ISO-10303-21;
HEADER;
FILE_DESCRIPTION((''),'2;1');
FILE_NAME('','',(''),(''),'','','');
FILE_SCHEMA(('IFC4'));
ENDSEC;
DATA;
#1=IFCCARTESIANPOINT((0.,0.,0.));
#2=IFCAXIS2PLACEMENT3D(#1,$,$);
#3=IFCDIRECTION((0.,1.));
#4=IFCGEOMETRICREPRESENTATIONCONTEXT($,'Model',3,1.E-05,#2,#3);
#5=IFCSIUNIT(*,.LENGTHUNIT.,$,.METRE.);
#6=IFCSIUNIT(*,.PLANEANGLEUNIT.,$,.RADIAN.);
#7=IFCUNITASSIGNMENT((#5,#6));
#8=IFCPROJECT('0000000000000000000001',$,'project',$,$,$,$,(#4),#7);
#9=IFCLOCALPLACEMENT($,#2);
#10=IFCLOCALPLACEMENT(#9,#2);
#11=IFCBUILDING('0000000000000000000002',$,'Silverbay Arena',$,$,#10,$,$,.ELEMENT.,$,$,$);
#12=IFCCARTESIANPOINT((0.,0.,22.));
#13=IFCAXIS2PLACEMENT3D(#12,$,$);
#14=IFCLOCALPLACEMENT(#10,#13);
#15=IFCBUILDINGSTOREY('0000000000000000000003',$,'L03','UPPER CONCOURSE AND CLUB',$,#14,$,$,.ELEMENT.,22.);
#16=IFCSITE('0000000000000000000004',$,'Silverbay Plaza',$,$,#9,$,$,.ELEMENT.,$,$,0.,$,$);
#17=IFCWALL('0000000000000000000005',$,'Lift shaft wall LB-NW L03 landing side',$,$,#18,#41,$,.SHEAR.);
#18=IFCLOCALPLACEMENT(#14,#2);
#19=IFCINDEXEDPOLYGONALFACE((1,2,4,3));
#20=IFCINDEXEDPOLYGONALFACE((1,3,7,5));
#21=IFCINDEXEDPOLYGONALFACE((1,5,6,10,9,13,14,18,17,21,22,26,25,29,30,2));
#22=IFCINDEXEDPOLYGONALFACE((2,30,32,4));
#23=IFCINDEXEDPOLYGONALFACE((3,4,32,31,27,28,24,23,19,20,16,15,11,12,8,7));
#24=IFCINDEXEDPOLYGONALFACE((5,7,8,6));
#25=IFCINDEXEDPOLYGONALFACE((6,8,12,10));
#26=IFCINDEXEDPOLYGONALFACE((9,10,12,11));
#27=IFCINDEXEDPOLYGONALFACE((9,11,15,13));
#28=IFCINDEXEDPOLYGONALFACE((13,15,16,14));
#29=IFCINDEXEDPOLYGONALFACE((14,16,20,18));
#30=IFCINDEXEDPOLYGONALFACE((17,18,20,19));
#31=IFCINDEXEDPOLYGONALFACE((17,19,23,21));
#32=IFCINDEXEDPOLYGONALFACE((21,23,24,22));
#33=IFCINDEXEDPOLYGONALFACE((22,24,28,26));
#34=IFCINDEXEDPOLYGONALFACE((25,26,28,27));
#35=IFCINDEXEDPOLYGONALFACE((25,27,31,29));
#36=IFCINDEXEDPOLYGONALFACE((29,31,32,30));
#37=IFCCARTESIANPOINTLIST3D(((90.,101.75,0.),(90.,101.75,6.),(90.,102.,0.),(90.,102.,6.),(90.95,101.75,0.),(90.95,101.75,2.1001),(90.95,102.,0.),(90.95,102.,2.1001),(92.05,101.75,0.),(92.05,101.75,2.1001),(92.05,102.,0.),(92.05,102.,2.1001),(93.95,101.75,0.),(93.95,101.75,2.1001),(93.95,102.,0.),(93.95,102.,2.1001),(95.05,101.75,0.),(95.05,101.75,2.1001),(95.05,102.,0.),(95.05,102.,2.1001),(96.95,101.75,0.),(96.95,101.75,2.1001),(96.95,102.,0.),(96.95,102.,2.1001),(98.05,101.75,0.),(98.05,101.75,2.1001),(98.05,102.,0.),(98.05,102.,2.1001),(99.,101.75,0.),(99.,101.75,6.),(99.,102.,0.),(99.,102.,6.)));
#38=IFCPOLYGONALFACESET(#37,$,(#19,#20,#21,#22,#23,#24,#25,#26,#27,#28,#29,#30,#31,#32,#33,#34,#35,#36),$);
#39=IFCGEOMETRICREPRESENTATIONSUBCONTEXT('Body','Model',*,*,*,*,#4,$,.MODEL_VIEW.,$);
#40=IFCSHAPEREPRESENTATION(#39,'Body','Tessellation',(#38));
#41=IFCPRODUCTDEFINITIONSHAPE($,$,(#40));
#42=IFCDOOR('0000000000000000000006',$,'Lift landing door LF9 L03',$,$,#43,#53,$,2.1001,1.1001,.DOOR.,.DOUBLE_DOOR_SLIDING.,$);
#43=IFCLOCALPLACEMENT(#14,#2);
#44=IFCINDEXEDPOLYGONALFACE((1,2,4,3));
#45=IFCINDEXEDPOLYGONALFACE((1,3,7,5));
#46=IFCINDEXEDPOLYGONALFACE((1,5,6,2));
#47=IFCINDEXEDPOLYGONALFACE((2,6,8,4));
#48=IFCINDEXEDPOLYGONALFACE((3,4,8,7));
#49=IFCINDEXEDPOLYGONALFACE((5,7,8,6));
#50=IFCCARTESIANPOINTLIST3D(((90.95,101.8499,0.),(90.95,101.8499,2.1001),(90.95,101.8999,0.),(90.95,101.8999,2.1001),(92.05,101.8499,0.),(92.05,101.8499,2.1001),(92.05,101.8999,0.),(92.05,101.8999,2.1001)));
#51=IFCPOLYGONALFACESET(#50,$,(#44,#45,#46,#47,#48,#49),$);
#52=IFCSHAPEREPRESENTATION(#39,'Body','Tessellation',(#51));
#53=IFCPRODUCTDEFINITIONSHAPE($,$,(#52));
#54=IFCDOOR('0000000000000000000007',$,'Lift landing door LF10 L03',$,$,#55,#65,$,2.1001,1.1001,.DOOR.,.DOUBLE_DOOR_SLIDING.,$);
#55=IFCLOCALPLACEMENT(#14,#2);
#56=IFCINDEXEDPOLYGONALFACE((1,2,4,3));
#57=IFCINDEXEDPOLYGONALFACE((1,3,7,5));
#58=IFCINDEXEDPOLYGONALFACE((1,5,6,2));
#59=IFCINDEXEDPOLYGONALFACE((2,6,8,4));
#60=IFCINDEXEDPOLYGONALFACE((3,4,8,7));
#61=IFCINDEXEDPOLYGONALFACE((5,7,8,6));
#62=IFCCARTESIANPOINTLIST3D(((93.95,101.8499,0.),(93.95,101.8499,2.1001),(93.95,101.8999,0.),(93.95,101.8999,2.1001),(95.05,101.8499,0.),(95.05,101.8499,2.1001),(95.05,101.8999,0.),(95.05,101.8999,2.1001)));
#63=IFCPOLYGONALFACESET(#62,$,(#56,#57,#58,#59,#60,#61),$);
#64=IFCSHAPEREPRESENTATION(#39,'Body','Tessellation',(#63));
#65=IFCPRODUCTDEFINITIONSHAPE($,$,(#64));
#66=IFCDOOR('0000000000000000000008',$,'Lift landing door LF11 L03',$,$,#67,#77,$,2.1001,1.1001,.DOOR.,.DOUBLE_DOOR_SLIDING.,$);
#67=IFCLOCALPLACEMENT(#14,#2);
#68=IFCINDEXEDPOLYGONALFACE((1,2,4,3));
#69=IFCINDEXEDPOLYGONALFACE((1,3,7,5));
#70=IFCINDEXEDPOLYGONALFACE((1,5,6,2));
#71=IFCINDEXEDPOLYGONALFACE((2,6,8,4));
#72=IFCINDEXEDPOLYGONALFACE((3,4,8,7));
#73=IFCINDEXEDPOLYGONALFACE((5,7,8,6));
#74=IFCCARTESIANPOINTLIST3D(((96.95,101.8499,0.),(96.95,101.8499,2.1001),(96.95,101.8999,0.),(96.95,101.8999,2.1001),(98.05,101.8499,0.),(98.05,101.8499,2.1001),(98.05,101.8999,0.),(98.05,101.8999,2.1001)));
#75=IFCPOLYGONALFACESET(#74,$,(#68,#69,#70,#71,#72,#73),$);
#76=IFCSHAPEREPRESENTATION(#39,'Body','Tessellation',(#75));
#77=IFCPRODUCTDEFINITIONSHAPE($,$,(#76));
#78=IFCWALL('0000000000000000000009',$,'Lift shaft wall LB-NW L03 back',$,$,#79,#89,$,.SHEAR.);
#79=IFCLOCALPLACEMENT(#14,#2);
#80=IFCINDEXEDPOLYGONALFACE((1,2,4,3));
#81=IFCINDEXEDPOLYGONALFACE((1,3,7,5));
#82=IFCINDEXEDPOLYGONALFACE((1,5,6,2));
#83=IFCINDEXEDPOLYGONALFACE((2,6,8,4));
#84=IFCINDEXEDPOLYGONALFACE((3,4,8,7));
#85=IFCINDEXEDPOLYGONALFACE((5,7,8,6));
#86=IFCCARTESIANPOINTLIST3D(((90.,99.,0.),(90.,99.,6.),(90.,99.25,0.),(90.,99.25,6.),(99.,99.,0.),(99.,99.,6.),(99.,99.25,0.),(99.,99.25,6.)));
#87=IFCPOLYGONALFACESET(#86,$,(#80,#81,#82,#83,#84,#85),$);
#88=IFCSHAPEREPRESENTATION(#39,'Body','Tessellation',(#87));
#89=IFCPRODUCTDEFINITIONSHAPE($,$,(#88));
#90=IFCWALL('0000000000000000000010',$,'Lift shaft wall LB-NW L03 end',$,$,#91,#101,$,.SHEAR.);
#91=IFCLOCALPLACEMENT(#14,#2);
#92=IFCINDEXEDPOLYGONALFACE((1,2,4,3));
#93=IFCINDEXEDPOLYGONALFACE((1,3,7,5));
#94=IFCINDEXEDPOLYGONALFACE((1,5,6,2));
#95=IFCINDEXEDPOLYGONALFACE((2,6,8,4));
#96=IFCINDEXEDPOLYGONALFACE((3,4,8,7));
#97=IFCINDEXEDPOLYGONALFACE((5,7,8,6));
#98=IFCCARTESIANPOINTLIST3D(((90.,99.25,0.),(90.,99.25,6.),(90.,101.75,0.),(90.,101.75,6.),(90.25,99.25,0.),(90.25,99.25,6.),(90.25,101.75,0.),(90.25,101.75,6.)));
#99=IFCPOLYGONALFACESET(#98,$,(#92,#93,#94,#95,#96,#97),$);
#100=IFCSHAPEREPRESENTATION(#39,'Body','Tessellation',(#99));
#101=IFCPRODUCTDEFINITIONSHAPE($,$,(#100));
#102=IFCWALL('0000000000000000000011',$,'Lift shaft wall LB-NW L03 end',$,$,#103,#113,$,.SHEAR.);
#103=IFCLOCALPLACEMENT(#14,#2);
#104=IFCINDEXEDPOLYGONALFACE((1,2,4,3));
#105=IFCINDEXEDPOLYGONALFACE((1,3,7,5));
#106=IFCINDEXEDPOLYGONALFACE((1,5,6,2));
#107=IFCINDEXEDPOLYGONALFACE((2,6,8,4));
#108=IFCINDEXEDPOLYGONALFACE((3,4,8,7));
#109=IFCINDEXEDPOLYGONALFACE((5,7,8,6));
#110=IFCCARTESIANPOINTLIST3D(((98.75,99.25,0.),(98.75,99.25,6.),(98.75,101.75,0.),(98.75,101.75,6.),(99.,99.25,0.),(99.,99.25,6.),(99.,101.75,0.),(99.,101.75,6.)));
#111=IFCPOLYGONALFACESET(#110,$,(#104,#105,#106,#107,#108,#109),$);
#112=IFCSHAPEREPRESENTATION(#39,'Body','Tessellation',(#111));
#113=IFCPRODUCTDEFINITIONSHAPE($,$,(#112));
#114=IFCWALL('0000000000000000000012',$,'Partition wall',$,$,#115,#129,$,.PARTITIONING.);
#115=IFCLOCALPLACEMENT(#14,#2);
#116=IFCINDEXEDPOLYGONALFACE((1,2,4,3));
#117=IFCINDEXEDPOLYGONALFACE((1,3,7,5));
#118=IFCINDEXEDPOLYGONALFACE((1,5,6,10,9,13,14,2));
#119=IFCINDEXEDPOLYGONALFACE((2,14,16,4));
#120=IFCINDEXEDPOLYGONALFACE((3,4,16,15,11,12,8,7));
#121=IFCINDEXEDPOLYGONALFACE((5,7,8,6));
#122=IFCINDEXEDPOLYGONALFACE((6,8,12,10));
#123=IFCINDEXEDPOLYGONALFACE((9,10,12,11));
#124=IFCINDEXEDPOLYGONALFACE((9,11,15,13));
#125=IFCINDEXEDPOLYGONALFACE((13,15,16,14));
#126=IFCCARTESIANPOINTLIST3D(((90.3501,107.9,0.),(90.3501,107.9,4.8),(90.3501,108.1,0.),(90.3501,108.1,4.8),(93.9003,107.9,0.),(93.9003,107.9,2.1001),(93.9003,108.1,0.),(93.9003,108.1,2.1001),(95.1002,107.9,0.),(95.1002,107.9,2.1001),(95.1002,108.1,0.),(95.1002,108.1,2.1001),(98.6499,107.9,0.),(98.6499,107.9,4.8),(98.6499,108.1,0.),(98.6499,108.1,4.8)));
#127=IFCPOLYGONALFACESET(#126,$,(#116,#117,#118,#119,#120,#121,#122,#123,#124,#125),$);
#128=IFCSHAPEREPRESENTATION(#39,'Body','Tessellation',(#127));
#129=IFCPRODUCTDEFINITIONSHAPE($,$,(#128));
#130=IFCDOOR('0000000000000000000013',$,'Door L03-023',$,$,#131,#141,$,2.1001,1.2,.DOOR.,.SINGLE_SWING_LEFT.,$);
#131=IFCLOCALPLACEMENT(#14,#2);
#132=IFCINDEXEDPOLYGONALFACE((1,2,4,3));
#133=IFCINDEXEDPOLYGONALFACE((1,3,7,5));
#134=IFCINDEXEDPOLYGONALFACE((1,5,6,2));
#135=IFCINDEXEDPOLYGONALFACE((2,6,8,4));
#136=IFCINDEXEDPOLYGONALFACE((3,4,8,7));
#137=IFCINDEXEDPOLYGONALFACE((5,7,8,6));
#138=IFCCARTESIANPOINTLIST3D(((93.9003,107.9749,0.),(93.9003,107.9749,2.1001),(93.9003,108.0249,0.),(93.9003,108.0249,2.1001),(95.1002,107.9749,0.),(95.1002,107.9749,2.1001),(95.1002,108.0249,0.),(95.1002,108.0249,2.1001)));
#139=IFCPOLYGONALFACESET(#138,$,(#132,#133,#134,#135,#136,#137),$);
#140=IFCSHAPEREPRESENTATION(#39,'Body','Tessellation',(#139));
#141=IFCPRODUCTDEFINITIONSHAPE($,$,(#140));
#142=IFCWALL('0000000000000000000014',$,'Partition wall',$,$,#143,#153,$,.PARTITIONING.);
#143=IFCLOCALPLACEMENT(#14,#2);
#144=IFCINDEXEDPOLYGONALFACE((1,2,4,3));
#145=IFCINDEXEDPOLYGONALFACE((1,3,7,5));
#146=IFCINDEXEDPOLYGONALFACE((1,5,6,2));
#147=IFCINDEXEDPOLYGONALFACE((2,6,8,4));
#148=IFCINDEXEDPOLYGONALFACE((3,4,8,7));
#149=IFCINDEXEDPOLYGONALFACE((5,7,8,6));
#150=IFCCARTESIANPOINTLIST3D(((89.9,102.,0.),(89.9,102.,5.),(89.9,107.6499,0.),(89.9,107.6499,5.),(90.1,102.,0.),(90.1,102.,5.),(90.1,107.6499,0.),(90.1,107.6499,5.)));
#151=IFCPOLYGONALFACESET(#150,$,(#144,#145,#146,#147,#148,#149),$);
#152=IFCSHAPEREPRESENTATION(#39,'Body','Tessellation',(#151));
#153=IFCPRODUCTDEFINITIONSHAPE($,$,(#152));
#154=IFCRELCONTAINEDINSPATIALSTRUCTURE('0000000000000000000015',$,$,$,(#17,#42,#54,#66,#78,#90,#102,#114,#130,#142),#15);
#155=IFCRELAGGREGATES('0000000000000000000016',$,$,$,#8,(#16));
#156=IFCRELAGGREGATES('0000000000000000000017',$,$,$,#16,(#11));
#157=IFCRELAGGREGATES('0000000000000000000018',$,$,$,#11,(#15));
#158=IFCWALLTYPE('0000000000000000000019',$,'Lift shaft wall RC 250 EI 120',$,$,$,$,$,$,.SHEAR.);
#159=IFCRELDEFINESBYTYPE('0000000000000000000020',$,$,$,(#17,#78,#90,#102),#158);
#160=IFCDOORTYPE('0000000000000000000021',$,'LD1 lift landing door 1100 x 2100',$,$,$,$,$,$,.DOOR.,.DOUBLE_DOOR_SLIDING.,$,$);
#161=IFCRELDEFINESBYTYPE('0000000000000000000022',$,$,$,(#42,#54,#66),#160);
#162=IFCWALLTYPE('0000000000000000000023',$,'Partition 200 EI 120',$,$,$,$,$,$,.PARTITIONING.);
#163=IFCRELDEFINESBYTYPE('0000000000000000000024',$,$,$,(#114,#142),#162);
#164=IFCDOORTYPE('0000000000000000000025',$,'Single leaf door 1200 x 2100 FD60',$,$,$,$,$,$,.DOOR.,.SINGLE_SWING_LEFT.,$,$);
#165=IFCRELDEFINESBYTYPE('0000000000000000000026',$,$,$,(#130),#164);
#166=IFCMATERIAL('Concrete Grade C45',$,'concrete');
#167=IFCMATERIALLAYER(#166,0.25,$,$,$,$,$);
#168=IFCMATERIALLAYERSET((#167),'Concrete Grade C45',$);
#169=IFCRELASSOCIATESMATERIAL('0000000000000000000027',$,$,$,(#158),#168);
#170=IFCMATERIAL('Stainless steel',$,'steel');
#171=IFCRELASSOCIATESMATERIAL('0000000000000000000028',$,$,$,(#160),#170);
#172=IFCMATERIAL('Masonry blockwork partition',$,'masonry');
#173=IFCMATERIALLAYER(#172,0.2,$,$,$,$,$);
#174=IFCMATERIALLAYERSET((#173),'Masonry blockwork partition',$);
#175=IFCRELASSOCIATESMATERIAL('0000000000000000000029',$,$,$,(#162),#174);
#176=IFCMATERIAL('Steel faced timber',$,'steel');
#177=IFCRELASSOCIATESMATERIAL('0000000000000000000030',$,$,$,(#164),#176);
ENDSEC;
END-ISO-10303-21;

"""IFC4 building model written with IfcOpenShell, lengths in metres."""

from ifc_helpers import new_model, si_unit, direction, frame, frame_2d, origin, place, context, subcontext, project, spatial, rectangle, extrude, material, layer, layer_set, type_object, element, fill, save


model = new_model("IFC4")

# Units and contexts
model_context = context("Model", 3, precision=1e-05, world=origin(), true_north=direction((0.0, 1.0)))
body_context = subcontext(model_context, "Body", "Model", "MODEL_VIEW")
ifc_project = project(units=[si_unit("LENGTHUNIT", "METRE"), si_unit("PLANEANGLEUNIT", "RADIAN")], contexts=[model_context])

# Site, building, storey
site_placement = place(None, origin())
site = spatial("IfcSite", under=ifc_project, at=site_placement, Name="Silverbay Plaza", CompositionType="ELEMENT", RefElevation=0.0)
building_placement = place(site_placement, origin())
building = spatial("IfcBuilding", under=site, at=building_placement, Name="Silverbay Arena", CompositionType="ELEMENT")
storey_placement = place(building_placement, frame((0.0, 0.0, 22.0)))
storey = spatial("IfcBuildingStorey", under=building, at=storey_placement, Name="L03", Description="UPPER CONCOURSE AND CLUB", CompositionType="ELEMENT", Elevation=22.0)

# Wall, openings, doors
ifc_material_1 = material(Name="Concrete Grade C45", Category="concrete")
ifc_layer_1 = layer(ifc_material_1, 0.25)
ifc_layer_set_1 = layer_set([ifc_layer_1], Name="Concrete Grade C45")
wall_type_1 = type_object("IfcWallType", Name="Lift shaft wall RC 250 EI 120", PredefinedType="SHEAR", material=ifc_layer_set_1)
wall_1_placement = place(storey_placement, frame((90.0, 101.875, 0.0), z_axis=(0.0, 0.0, 1.0), x_axis=(1.0, 0.0, 0.0)))
wall_1 = element("IfcWall", 1, at=wall_1_placement, inside=storey, type_object=wall_type_1, Name="Lift shaft wall LB-NW L03 landing side", PredefinedType="SHEAR", context=body_context, shape_type="SweptSolid", body=[
    extrude(rectangle(XDim=9.0, YDim=0.25, at=frame_2d((4.5, 0.0))), origin(), (0.0, 0.0, 1.0), 6.0),
])
opening_1_placement = place(wall_1_placement, frame((0.95, 0.0, 0.0)))
opening_1 = element("IfcOpeningElement", 2, at=opening_1_placement, cuts=wall_1, PredefinedType="OPENING", context=body_context, shape_type="SweptSolid", body=[
    extrude(rectangle(XDim=1.1001, YDim=2.1001, at=frame_2d((0.55, 1.05))), frame((0.0, 0.135, 0.0), z_axis=(0.0, -1.0, 0.0), x_axis=(1.0, 0.0, 0.0)), (0.0, 0.0, 1.0), 0.27),
])
opening_2_placement = place(wall_1_placement, frame((3.95, 0.0, 0.0)))
opening_2 = element("IfcOpeningElement", 3, at=opening_2_placement, cuts=wall_1, PredefinedType="OPENING", context=body_context, shape_type="SweptSolid", body=[
    extrude(rectangle(XDim=1.1001, YDim=2.1001, at=frame_2d((0.55, 1.05))), frame((0.0, 0.135, 0.0), z_axis=(0.0, -1.0, 0.0), x_axis=(1.0, 0.0, 0.0)), (0.0, 0.0, 1.0), 0.27),
])
opening_3_placement = place(wall_1_placement, frame((6.95, 0.0, 0.0)))
opening_3 = element("IfcOpeningElement", 4, at=opening_3_placement, cuts=wall_1, PredefinedType="OPENING", context=body_context, shape_type="SweptSolid", body=[
    extrude(rectangle(XDim=1.1001, YDim=2.1001, at=frame_2d((0.55, 1.05))), frame((0.0, 0.135, 0.0), z_axis=(0.0, -1.0, 0.0), x_axis=(1.0, 0.0, 0.0)), (0.0, 0.0, 1.0), 0.27),
])
ifc_material_2 = material(Name="Stainless steel", Category="steel")
door_type_1 = type_object("IfcDoorType", Name="LD1 lift landing door 1100 x 2100", OperationType="DOUBLE_DOOR_SLIDING", PredefinedType="DOOR", material=ifc_material_2)
door_1_placement = place(opening_1_placement, origin())
door_1 = element("IfcDoor", 5, at=door_1_placement, inside=storey, type_object=door_type_1, Name="Lift landing door LF9 L03", OperationType="DOUBLE_DOOR_SLIDING", OverallHeight=2.1001, OverallWidth=1.1001, PredefinedType="DOOR", context=body_context, shape_type="SweptSolid", body=[
    extrude(rectangle(XDim=1.1001, YDim=2.1001, at=frame_2d((0.55, 1.05))), frame((0.0, 0.0249, 0.0), z_axis=(0.0, -1.0, 0.0), x_axis=(1.0, 0.0, 0.0)), (0.0, 0.0, 1.0), 0.05),
])
fill(opening_1, door_1)
door_2_placement = place(opening_2_placement, origin())
door_2 = element("IfcDoor", 6, at=door_2_placement, inside=storey, type_object=door_type_1, Name="Lift landing door LF10 L03", OperationType="DOUBLE_DOOR_SLIDING", OverallHeight=2.1001, OverallWidth=1.1001, PredefinedType="DOOR", context=body_context, shape_type="SweptSolid", body=[
    extrude(rectangle(XDim=1.1001, YDim=2.1001, at=frame_2d((0.55, 1.05))), frame((0.0, 0.0249, 0.0), z_axis=(0.0, -1.0, 0.0), x_axis=(1.0, 0.0, 0.0)), (0.0, 0.0, 1.0), 0.05),
])
fill(opening_2, door_2)
door_3_placement = place(opening_3_placement, origin())
door_3 = element("IfcDoor", 7, at=door_3_placement, inside=storey, type_object=door_type_1, Name="Lift landing door LF11 L03", OperationType="DOUBLE_DOOR_SLIDING", OverallHeight=2.1001, OverallWidth=1.1001, PredefinedType="DOOR", context=body_context, shape_type="SweptSolid", body=[
    extrude(rectangle(XDim=1.1001, YDim=2.1001, at=frame_2d((0.55, 1.05))), frame((0.0, 0.0249, 0.0), z_axis=(0.0, -1.0, 0.0), x_axis=(1.0, 0.0, 0.0)), (0.0, 0.0, 1.0), 0.05),
])
fill(opening_3, door_3)

# Walls
wall_2_placement = place(storey_placement, frame((90.0, 99.125, 0.0), z_axis=(0.0, 0.0, 1.0), x_axis=(1.0, 0.0, 0.0)))
element("IfcWall", 8, at=wall_2_placement, inside=storey, type_object=wall_type_1, Name="Lift shaft wall LB-NW L03 back", PredefinedType="SHEAR", context=body_context, shape_type="SweptSolid", body=[
    extrude(rectangle(XDim=9.0, YDim=0.25, at=frame_2d((4.5, 0.0))), origin(), (0.0, 0.0, 1.0), 6.0),
])
for number, where, z_axis, x_axis, name in (
    (9, (90.125, 99.25, 0.0), (0.0, 0.0, 1.0), (0.0, 1.0, 0.0), "Lift shaft wall LB-NW L03 end"),
    (10, (98.875, 99.25, 0.0), (0.0, 0.0, 1.0), (0.0, 1.0, 0.0), "Lift shaft wall LB-NW L03 end"),
):
    element("IfcWall", number, at=place(storey_placement, frame(where, z_axis=z_axis, x_axis=x_axis)), inside=storey, type_object=wall_type_1, Name=name, PredefinedType="SHEAR", context=body_context, shape_type="SweptSolid", body=[
        extrude(rectangle(XDim=2.5, YDim=0.25, at=frame_2d((1.25, 0.0))), origin(), (0.0, 0.0, 1.0), 6.0),
    ])

# Wall, opening, door
ifc_material_3 = material(Name="Masonry blockwork partition", Category="masonry")
ifc_layer_2 = layer(ifc_material_3, 0.2)
ifc_layer_set_2 = layer_set([ifc_layer_2], Name="Masonry blockwork partition")
wall_type_2 = type_object("IfcWallType", Name="Partition 200 EI 120", PredefinedType="PARTITIONING", material=ifc_layer_set_2)
wall_3_placement = place(storey_placement, frame((90.3501, 108.0, 0.0), z_axis=(0.0, 0.0, 1.0), x_axis=(1.0, 0.0, 0.0)))
wall_3 = element("IfcWall", 11, at=wall_3_placement, inside=storey, type_object=wall_type_2, Name="Partition wall", PredefinedType="PARTITIONING", context=body_context, shape_type="SweptSolid", body=[
    extrude(rectangle(XDim=8.2998, YDim=0.2, at=frame_2d((4.1499, 0.0))), origin(), (0.0, 0.0, 1.0), 4.8),
])
opening_4_placement = place(wall_3_placement, frame((3.55, 0.0, 0.0)))
opening_4 = element("IfcOpeningElement", 12, at=opening_4_placement, cuts=wall_3, PredefinedType="OPENING", context=body_context, shape_type="SweptSolid", body=[
    extrude(rectangle(XDim=1.2, YDim=2.1001, at=frame_2d((0.6001, 1.05))), frame((0.0, 0.1099, 0.0), z_axis=(0.0, -1.0, 0.0), x_axis=(1.0, 0.0, 0.0)), (0.0, 0.0, 1.0), 0.22),
])
ifc_material_4 = material(Name="Steel faced timber", Category="steel")
door_type_2 = type_object("IfcDoorType", Name="Single leaf door 1200 x 2100 FD60", OperationType="SINGLE_SWING_LEFT", PredefinedType="DOOR", material=ifc_material_4)
door_4_placement = place(opening_4_placement, origin())
door_4 = element("IfcDoor", 13, at=door_4_placement, inside=storey, type_object=door_type_2, Name="Door L03-023", OperationType="SINGLE_SWING_LEFT", OverallHeight=2.1001, OverallWidth=1.2, PredefinedType="DOOR", context=body_context, shape_type="SweptSolid", body=[
    extrude(rectangle(XDim=1.2, YDim=2.1001, at=frame_2d((0.6001, 1.05))), frame((0.0, 0.0249, 0.0), z_axis=(0.0, -1.0, 0.0), x_axis=(1.0, 0.0, 0.0)), (0.0, 0.0, 1.0), 0.05),
])
fill(opening_4, door_4)

# Wall
wall_4_placement = place(storey_placement, frame((90.0, 102.0, 0.0), z_axis=(0.0, 0.0, 1.0), x_axis=(0.0, 1.0, 0.0)))
element("IfcWall", 14, at=wall_4_placement, inside=storey, type_object=wall_type_2, Name="Partition wall", PredefinedType="PARTITIONING", context=body_context, shape_type="SweptSolid", body=[
    extrude(rectangle(XDim=5.6499, YDim=0.2, at=frame_2d((2.825, 0.0))), origin(), (0.0, 0.0, 1.0), 5.0),
])

save(model, "model.ifc")
